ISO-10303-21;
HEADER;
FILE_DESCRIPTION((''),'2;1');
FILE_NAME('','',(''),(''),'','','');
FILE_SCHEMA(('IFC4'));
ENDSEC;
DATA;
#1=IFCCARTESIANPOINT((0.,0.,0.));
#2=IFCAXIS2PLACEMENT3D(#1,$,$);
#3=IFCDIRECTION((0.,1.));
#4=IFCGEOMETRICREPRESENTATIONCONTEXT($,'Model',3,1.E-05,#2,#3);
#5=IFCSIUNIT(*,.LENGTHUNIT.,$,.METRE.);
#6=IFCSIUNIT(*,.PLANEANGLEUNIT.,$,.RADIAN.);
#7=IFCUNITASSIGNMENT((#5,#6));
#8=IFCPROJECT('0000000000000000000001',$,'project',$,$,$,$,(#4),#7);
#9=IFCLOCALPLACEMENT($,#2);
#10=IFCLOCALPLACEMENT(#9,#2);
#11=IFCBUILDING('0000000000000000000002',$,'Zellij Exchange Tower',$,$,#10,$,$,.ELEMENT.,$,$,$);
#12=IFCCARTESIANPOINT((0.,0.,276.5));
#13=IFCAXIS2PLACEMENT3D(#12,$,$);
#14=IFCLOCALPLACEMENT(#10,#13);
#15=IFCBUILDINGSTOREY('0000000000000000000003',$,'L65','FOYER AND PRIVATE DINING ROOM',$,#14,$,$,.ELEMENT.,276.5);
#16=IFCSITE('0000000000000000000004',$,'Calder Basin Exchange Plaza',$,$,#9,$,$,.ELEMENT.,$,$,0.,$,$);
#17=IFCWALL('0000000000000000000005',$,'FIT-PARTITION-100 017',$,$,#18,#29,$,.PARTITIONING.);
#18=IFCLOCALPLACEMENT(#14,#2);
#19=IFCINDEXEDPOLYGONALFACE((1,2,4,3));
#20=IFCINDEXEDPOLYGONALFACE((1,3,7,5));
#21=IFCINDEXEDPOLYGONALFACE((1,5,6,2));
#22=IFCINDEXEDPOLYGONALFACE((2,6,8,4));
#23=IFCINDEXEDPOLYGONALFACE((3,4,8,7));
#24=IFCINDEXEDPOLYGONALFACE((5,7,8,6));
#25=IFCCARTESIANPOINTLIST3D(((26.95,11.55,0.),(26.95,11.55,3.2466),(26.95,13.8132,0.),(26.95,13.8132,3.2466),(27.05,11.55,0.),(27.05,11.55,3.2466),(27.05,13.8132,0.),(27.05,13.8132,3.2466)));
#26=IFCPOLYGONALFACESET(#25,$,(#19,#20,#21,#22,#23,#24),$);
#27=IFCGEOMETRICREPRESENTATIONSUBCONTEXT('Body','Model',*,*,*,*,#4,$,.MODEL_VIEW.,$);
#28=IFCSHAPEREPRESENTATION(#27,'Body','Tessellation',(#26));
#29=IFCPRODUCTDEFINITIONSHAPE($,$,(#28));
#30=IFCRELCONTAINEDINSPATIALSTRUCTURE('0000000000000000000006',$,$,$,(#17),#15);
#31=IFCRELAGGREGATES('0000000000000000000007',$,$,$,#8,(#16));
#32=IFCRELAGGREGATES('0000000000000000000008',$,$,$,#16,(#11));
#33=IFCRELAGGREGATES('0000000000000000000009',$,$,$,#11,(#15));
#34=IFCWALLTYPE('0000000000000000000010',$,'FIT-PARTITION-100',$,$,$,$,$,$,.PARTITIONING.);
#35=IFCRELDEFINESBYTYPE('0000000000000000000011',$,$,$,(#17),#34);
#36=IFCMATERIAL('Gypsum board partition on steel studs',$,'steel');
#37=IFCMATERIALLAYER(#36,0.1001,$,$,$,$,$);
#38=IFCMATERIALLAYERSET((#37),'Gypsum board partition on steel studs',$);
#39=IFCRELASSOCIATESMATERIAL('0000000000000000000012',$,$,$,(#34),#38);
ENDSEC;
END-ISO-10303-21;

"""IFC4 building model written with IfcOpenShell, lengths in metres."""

from ifc_helpers import new_model, si_unit, direction, frame, frame_2d, origin, place, context, subcontext, project, spatial, rectangle, extrude, material, layer, layer_set, type_object, element, save


model = new_model("IFC4")

# Units and contexts
model_context = context("Model", 3, precision=1e-05, world=origin(), true_north=direction((0.0, 1.0)))
body_context = subcontext(model_context, "Body", "Model", "MODEL_VIEW")
ifc_project = project(units=[si_unit("LENGTHUNIT", "METRE"), si_unit("PLANEANGLEUNIT", "RADIAN")], contexts=[model_context])

# Site, building, storey
site_placement = place(None, origin())
site = spatial("IfcSite", under=ifc_project, at=site_placement, Name="Calder Basin Exchange Plaza", CompositionType="ELEMENT", RefElevation=0.0)
building_placement = place(site_placement, origin())
building = spatial("IfcBuilding", under=site, at=building_placement, Name="Zellij Exchange Tower", CompositionType="ELEMENT")
storey_placement = place(building_placement, frame((0.0, 0.0, 276.5)))
storey = spatial("IfcBuildingStorey", under=building, at=storey_placement, Name="L65", Description="FOYER AND PRIVATE DINING ROOM", CompositionType="ELEMENT", Elevation=276.5)

# Wall
ifc_material_1 = material(Name="Gypsum board partition on steel studs", Category="steel")
ifc_layer = layer(ifc_material_1, 0.1001)
ifc_layer_set = layer_set([ifc_layer], Name="Gypsum board partition on steel studs")
wall_type = type_object("IfcWallType", Name="FIT-PARTITION-100", PredefinedType="PARTITIONING", material=ifc_layer_set)
wall_1_placement = place(storey_placement, frame((27.0, 11.55, 0.0), z_axis=(0.0, 0.0, 1.0), x_axis=(0.0, 1.0, 0.0)))
element("IfcWall", 1, at=wall_1_placement, inside=storey, type_object=wall_type, Name="FIT-PARTITION-100 017", PredefinedType="PARTITIONING", context=body_context, shape_type="SweptSolid", body=[
    extrude(rectangle(XDim=2.2632, YDim=0.1001, at=frame_2d((1.1316, 0.0))), origin(), (0.0, 0.0, 1.0), 3.2466),
])

save(model, "model.ifc")
